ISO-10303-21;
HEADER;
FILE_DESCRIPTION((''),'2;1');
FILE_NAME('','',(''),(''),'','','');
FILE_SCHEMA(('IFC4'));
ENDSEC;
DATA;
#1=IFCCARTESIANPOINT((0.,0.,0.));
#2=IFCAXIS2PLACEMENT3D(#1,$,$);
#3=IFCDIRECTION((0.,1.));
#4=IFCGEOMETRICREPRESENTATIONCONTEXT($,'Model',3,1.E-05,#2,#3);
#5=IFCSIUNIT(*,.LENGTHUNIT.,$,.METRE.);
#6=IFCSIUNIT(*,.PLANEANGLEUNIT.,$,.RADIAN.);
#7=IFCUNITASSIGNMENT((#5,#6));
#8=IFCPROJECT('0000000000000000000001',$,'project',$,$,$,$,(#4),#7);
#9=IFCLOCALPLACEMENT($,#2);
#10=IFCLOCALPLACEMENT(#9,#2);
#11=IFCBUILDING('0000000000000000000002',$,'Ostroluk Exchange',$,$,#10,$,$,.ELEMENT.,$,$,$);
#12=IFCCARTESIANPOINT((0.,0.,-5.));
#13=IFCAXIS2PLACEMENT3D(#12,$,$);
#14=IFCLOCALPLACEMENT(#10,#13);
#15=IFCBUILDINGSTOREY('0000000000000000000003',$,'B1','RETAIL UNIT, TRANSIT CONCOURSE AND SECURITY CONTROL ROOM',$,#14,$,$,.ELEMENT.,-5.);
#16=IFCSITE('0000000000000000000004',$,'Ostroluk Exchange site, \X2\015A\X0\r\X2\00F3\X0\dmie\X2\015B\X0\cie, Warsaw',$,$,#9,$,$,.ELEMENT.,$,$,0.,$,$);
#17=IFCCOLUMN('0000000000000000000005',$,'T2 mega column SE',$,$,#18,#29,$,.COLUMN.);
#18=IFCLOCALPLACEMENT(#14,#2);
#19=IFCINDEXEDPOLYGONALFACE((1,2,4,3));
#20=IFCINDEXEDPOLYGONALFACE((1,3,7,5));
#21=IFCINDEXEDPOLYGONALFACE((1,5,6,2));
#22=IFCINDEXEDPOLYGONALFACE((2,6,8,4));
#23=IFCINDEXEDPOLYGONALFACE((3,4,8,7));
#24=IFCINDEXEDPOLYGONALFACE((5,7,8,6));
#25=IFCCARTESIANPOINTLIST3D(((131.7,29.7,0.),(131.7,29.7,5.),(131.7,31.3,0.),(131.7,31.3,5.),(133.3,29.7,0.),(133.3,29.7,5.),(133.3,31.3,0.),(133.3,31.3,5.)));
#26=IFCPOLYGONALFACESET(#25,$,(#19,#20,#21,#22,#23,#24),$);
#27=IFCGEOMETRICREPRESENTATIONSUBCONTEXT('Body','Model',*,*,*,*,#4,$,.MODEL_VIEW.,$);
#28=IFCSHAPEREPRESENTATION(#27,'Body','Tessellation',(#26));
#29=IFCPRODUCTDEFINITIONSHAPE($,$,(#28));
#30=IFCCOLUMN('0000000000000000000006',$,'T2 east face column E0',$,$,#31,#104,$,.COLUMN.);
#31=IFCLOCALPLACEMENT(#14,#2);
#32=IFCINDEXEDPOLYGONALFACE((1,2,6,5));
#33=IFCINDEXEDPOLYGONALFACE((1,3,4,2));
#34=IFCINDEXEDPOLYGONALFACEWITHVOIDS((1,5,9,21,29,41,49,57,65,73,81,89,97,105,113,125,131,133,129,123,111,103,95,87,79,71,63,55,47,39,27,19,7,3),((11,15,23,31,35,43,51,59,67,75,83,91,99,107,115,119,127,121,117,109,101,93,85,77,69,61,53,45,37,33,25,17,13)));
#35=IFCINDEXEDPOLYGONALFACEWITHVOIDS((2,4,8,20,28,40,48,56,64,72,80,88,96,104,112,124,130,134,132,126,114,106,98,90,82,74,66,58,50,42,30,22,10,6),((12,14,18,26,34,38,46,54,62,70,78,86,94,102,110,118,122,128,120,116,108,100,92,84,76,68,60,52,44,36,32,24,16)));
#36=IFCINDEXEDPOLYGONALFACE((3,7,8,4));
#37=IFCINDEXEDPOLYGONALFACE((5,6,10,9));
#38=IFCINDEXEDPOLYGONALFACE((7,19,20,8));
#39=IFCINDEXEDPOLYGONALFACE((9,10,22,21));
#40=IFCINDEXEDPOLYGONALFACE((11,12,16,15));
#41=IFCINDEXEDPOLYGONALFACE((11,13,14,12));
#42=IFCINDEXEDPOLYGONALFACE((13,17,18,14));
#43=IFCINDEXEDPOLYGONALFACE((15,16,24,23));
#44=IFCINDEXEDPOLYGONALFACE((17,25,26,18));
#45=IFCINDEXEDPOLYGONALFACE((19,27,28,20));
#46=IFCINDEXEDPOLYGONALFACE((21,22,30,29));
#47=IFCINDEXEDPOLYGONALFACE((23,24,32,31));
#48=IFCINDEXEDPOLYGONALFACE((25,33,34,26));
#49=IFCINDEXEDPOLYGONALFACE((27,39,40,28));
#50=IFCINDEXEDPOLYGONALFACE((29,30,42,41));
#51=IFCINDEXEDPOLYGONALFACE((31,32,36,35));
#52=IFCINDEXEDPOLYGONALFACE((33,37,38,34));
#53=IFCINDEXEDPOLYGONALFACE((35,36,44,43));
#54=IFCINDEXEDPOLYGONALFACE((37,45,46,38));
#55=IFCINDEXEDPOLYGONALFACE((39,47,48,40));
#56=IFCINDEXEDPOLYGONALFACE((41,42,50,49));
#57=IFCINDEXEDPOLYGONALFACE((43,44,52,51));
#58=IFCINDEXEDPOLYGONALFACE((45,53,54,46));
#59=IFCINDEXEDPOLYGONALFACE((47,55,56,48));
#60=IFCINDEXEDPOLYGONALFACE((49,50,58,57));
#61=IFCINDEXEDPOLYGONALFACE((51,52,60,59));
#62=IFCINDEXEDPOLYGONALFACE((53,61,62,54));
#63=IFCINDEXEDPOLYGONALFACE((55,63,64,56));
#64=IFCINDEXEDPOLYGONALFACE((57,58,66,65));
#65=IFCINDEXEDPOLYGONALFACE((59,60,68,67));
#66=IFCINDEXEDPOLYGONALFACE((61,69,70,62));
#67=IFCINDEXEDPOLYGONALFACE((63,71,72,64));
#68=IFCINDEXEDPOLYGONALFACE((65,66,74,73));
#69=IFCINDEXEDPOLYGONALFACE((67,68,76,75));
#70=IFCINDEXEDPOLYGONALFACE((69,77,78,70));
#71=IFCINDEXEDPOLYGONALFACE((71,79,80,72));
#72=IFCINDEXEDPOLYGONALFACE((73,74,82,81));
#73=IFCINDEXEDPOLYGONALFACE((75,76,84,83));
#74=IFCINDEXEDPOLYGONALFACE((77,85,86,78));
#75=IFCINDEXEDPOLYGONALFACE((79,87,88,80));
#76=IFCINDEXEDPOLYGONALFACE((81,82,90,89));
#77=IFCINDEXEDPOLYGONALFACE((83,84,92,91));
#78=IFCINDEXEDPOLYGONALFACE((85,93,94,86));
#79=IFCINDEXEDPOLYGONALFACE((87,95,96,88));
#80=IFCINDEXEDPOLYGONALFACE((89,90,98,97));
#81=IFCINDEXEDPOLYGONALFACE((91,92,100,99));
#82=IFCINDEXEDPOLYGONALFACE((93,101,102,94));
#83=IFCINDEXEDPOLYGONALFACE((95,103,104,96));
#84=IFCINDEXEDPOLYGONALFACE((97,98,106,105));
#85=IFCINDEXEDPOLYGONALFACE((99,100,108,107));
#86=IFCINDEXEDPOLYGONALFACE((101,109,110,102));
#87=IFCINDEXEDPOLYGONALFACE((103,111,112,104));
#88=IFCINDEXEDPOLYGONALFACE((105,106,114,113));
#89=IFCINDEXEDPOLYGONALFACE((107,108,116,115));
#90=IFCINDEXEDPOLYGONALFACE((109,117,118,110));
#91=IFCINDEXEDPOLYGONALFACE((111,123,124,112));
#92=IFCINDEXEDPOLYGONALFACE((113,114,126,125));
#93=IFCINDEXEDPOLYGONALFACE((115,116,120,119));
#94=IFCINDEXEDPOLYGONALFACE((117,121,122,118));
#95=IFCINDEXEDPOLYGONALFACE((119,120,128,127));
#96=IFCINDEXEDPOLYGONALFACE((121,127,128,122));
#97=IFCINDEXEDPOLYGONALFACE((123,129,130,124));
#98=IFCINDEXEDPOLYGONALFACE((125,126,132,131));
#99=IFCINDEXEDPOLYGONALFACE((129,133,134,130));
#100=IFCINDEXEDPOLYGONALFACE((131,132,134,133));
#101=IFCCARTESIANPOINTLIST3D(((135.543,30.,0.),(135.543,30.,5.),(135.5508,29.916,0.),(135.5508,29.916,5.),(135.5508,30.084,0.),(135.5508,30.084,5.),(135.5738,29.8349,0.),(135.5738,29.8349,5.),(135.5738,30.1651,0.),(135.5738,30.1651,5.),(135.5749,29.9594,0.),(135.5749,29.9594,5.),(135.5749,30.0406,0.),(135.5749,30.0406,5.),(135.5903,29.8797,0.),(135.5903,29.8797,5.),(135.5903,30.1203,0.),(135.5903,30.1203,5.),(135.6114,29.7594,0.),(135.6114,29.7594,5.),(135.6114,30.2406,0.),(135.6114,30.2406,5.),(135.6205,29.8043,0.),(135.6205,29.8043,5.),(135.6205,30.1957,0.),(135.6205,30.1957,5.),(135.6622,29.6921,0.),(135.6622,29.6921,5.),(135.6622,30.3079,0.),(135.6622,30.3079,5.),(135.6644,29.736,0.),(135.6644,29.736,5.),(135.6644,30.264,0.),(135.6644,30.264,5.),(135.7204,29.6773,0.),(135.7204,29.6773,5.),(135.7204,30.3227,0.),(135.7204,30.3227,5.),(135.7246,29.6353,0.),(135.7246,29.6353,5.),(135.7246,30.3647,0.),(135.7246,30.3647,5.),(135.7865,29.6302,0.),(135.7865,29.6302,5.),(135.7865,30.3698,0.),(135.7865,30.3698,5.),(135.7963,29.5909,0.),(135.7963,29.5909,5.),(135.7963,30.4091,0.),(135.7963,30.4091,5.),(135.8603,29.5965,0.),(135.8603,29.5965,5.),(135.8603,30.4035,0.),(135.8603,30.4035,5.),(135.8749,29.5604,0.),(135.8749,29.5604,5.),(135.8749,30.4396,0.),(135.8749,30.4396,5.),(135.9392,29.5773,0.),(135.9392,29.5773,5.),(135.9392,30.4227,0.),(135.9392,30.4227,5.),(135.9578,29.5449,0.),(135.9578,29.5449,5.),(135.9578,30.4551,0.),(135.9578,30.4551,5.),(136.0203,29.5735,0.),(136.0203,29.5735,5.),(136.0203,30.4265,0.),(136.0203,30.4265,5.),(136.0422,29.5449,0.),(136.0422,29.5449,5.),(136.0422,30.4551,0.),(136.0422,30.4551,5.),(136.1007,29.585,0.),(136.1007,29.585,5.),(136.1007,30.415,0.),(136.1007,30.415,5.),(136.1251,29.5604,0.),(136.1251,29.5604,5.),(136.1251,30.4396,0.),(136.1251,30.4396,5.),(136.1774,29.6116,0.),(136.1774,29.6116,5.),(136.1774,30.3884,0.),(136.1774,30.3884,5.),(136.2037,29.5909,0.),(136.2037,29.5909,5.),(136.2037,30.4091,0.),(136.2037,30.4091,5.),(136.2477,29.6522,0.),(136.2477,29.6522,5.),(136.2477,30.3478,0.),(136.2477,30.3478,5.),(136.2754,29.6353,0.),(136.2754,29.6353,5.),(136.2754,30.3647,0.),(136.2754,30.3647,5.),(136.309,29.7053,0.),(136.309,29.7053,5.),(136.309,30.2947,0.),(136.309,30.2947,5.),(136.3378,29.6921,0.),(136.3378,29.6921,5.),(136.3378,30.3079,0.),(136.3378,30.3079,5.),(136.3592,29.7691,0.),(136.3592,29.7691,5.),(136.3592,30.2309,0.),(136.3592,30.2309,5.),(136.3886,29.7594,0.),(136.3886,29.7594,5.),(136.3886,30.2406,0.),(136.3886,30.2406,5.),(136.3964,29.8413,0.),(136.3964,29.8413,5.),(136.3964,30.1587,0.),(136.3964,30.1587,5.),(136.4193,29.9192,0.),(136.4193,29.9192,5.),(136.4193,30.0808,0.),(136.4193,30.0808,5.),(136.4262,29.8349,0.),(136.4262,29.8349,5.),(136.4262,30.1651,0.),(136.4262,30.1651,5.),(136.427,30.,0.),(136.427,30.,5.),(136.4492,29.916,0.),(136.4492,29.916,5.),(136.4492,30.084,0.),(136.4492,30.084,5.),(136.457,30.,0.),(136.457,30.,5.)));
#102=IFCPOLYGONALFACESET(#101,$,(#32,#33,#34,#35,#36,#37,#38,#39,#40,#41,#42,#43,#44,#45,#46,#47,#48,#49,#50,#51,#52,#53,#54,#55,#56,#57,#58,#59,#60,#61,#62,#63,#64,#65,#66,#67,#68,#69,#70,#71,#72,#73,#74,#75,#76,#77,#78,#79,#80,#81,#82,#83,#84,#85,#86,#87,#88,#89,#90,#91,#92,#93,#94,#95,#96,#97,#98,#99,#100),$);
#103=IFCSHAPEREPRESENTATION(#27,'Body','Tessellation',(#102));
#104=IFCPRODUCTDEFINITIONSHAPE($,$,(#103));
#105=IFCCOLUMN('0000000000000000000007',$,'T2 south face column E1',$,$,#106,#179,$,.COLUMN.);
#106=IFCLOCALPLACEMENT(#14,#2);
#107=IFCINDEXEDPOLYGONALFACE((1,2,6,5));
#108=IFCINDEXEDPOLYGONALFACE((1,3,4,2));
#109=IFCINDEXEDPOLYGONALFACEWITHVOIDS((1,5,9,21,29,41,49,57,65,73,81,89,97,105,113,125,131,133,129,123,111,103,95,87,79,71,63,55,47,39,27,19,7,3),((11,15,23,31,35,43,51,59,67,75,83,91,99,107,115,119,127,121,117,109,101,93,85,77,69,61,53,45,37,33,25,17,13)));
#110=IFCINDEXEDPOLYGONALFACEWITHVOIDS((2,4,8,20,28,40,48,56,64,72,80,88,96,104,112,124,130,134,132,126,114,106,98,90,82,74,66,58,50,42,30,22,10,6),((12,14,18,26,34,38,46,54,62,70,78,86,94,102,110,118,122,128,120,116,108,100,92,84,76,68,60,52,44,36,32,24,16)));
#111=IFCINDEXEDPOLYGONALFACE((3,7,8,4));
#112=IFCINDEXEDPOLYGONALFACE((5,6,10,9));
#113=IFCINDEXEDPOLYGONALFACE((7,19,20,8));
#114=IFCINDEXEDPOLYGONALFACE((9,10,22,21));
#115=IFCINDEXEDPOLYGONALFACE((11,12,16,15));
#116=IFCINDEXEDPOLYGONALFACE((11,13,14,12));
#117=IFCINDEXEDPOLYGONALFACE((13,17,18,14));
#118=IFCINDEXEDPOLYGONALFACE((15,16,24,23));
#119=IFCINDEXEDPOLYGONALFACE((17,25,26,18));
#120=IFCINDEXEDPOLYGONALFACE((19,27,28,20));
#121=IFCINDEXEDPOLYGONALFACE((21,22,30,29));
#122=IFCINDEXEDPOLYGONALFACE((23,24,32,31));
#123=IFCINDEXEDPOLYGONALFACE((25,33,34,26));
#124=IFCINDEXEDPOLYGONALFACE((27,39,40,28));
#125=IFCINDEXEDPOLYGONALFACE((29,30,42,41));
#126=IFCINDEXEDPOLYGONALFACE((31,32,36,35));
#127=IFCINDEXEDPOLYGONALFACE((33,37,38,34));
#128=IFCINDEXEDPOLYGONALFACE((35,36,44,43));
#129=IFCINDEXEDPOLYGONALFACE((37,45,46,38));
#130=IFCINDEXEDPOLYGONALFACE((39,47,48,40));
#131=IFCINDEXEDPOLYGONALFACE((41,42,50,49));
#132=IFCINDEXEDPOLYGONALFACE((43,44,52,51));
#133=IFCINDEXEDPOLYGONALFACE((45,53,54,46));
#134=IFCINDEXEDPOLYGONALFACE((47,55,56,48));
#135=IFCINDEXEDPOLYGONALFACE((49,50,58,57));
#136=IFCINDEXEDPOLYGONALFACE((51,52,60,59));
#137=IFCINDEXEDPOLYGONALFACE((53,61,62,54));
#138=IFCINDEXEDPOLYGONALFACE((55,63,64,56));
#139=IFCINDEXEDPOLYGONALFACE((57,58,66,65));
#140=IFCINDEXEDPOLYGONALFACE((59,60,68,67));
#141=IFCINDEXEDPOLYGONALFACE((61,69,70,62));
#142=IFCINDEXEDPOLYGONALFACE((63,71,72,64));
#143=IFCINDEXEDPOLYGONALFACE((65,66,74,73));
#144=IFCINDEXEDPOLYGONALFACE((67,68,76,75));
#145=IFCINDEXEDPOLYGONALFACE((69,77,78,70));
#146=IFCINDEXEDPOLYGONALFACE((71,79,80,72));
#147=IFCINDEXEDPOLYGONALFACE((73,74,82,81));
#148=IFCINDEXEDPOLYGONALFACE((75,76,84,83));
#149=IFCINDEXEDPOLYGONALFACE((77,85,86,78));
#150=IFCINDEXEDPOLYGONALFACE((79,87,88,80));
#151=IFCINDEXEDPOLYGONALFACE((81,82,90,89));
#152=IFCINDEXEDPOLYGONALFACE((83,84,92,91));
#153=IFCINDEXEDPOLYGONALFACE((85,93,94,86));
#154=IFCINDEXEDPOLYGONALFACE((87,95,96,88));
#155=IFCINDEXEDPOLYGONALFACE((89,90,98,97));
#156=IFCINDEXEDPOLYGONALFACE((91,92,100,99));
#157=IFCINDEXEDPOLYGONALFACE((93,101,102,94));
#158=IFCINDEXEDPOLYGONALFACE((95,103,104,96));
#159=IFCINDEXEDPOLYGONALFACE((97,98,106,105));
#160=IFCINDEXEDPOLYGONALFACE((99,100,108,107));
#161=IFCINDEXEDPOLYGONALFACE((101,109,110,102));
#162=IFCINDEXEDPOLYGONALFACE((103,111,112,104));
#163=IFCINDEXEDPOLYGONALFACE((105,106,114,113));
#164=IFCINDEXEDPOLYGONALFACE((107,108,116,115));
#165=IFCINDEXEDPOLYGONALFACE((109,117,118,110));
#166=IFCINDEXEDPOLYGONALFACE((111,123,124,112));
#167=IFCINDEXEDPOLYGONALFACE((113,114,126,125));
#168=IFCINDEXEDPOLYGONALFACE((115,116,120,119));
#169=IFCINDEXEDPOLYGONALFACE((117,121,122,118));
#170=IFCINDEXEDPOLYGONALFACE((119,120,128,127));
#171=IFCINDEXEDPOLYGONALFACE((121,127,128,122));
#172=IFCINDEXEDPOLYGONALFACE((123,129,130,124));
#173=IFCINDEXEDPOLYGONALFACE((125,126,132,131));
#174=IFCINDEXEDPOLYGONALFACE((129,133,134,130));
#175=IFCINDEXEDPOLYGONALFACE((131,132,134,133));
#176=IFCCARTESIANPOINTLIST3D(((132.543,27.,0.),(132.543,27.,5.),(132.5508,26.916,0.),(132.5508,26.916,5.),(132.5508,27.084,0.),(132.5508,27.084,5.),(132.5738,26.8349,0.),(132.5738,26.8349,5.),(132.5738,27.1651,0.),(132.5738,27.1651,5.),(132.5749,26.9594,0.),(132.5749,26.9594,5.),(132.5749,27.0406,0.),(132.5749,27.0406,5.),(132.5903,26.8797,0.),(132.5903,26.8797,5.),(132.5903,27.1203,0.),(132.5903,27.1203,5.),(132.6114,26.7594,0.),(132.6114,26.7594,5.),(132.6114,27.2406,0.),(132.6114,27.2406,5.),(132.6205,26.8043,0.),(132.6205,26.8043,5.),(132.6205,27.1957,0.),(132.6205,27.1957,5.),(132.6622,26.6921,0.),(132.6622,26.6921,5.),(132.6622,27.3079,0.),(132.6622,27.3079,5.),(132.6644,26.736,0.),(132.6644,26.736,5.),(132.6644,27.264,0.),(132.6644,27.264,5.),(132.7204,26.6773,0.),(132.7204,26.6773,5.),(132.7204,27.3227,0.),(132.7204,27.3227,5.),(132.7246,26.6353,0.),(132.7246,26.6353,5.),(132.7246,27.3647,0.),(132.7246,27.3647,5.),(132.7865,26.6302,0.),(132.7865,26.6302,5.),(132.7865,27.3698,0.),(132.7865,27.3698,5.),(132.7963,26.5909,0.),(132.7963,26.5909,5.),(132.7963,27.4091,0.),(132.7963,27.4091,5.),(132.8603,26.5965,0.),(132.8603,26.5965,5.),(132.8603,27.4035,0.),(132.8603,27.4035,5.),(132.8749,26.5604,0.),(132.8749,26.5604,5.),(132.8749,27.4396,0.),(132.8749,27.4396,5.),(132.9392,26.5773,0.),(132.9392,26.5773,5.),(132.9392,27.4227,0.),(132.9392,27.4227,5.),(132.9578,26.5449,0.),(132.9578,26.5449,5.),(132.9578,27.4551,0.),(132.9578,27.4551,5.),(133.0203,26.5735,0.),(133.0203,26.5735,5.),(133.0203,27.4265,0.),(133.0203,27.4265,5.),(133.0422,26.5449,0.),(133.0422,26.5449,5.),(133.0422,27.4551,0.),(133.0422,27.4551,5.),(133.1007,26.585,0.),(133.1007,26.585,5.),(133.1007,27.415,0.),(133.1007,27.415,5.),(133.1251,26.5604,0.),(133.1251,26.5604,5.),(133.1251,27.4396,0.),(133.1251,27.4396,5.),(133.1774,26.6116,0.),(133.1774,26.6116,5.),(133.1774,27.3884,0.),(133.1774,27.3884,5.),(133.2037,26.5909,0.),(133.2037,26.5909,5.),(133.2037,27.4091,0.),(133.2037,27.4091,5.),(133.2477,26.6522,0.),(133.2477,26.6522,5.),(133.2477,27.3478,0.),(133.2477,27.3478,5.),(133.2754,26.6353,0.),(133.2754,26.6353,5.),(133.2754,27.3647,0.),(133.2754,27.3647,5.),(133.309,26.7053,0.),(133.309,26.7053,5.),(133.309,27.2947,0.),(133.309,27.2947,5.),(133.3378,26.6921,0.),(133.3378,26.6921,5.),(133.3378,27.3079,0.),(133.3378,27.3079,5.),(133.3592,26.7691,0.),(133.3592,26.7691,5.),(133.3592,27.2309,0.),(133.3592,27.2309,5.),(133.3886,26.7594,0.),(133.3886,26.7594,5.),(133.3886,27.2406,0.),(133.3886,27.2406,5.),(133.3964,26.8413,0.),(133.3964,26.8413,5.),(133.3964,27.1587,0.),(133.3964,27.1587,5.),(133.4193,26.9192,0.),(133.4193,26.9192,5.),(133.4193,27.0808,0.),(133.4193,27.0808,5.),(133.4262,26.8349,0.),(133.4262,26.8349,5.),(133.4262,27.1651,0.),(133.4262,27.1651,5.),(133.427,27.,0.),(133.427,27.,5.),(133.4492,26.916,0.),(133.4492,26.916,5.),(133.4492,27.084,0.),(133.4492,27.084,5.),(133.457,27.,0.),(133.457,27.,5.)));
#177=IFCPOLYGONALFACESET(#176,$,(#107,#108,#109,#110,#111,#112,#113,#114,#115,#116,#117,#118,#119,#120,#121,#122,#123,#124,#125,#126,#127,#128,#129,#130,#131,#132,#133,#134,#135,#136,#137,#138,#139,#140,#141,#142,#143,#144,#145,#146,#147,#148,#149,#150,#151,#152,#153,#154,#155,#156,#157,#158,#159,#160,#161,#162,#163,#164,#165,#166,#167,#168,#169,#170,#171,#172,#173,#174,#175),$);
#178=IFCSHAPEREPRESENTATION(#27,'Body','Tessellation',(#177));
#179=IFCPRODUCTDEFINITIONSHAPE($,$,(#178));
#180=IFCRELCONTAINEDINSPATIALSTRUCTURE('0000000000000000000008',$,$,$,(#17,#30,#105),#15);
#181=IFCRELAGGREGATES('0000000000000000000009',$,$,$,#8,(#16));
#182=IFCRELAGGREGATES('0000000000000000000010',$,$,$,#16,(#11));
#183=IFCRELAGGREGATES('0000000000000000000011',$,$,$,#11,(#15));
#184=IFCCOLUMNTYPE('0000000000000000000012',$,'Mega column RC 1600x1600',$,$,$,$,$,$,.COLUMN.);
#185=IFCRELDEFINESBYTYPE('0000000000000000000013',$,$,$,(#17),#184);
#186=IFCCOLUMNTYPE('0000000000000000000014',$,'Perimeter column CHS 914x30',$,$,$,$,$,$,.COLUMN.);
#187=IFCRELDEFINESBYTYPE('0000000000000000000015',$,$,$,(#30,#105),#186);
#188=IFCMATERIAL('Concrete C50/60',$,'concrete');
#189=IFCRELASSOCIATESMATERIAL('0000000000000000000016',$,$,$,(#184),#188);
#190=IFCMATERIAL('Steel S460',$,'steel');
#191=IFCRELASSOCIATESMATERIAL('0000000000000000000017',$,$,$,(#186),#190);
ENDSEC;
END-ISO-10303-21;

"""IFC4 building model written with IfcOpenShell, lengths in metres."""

from ifc_helpers import new_model, si_unit, direction, frame, origin, origin_2d, place, context, subcontext, project, spatial, rectangle, hollow_circle, extrude, material, material_profile, profile_set, type_object, element, save


model = new_model("IFC4")

# Units and contexts
model_context = context("Model", 3, precision=1e-05, world=origin(), true_north=direction((0.0, 1.0)))
body_context = subcontext(model_context, "Body", "Model", "MODEL_VIEW")
ifc_project = project(units=[si_unit("LENGTHUNIT", "METRE"), si_unit("PLANEANGLEUNIT", "RADIAN")], contexts=[model_context])

# Site, building, storey
site_placement = place(None, origin())
site = spatial("IfcSite", under=ifc_project, at=site_placement, Name="Ostroluk Exchange site, Śródmieście, Warsaw", CompositionType="ELEMENT", RefElevation=0.0)
building_placement = place(site_placement, origin())
building = spatial("IfcBuilding", under=site, at=building_placement, Name="Ostroluk Exchange", CompositionType="ELEMENT")
storey_placement = place(building_placement, frame((0.0, 0.0, -5.0)))
storey = spatial("IfcBuildingStorey", under=building, at=storey_placement, Name="B1", Description="RETAIL UNIT, TRANSIT CONCOURSE AND SECURITY CONTROL ROOM", CompositionType="ELEMENT", Elevation=-5.0)

# Columns
ifc_material_1 = material(Name="Concrete C50/60", Category="concrete")
ifc_material_profile_1 = material_profile(ifc_material_1, rectangle(XDim=1.6001, YDim=1.6001, at=origin_2d()), Name="RC 1600x1600")
ifc_profile_set_1 = profile_set([ifc_material_profile_1], Name="Concrete C50/60")
column_type_1 = type_object("IfcColumnType", Name="Mega column RC 1600x1600", PredefinedType="COLUMN", material=ifc_profile_set_1)
column_placement = place(storey_placement, frame((132.5, 30.5, 0.0), z_axis=(0.0, 0.0, 1.0), x_axis=(1.0, 0.0, 0.0)))
element("IfcColumn", 1, at=column_placement, inside=storey, type_object=column_type_1, Name="T2 mega column SE", PredefinedType="COLUMN", context=body_context, shape_type="SweptSolid", body=[
    extrude(rectangle(XDim=1.6001, YDim=1.6001, at=origin_2d()), origin(), (0.0, 0.0, 1.0), 5.0),
])
ifc_material_2 = material(Name="Steel S460", Category="steel")
ifc_material_profile_2 = material_profile(ifc_material_2, hollow_circle(Radius=0.457, WallThickness=0.03, at=origin_2d()), Name="CHS 914x30")
ifc_profile_set_2 = profile_set([ifc_material_profile_2], Name="Steel S460")
column_type_2 = type_object("IfcColumnType", Name="Perimeter column CHS 914x30", PredefinedType="COLUMN", material=ifc_profile_set_2)
for number, where, z_axis, x_axis, name in (
    (2, (136.0, 30.0, 0.0), (0.0, 0.0, 1.0), (1.0, 0.0, 0.0), "T2 east face column E0"),
    (3, (133.0, 27.0, 0.0), (0.0, 0.0, 1.0), (1.0, 0.0, 0.0), "T2 south face column E1"),
):
    element("IfcColumn", number, at=place(storey_placement, frame(where, z_axis=z_axis, x_axis=x_axis)), inside=storey, type_object=column_type_2, Name=name, PredefinedType="COLUMN", context=body_context, shape_type="SweptSolid", body=[
        extrude(hollow_circle(Radius=0.457, WallThickness=0.03, at=origin_2d()), origin(), (0.0, 0.0, 1.0), 5.0),
    ])

save(model, "model.ifc")
